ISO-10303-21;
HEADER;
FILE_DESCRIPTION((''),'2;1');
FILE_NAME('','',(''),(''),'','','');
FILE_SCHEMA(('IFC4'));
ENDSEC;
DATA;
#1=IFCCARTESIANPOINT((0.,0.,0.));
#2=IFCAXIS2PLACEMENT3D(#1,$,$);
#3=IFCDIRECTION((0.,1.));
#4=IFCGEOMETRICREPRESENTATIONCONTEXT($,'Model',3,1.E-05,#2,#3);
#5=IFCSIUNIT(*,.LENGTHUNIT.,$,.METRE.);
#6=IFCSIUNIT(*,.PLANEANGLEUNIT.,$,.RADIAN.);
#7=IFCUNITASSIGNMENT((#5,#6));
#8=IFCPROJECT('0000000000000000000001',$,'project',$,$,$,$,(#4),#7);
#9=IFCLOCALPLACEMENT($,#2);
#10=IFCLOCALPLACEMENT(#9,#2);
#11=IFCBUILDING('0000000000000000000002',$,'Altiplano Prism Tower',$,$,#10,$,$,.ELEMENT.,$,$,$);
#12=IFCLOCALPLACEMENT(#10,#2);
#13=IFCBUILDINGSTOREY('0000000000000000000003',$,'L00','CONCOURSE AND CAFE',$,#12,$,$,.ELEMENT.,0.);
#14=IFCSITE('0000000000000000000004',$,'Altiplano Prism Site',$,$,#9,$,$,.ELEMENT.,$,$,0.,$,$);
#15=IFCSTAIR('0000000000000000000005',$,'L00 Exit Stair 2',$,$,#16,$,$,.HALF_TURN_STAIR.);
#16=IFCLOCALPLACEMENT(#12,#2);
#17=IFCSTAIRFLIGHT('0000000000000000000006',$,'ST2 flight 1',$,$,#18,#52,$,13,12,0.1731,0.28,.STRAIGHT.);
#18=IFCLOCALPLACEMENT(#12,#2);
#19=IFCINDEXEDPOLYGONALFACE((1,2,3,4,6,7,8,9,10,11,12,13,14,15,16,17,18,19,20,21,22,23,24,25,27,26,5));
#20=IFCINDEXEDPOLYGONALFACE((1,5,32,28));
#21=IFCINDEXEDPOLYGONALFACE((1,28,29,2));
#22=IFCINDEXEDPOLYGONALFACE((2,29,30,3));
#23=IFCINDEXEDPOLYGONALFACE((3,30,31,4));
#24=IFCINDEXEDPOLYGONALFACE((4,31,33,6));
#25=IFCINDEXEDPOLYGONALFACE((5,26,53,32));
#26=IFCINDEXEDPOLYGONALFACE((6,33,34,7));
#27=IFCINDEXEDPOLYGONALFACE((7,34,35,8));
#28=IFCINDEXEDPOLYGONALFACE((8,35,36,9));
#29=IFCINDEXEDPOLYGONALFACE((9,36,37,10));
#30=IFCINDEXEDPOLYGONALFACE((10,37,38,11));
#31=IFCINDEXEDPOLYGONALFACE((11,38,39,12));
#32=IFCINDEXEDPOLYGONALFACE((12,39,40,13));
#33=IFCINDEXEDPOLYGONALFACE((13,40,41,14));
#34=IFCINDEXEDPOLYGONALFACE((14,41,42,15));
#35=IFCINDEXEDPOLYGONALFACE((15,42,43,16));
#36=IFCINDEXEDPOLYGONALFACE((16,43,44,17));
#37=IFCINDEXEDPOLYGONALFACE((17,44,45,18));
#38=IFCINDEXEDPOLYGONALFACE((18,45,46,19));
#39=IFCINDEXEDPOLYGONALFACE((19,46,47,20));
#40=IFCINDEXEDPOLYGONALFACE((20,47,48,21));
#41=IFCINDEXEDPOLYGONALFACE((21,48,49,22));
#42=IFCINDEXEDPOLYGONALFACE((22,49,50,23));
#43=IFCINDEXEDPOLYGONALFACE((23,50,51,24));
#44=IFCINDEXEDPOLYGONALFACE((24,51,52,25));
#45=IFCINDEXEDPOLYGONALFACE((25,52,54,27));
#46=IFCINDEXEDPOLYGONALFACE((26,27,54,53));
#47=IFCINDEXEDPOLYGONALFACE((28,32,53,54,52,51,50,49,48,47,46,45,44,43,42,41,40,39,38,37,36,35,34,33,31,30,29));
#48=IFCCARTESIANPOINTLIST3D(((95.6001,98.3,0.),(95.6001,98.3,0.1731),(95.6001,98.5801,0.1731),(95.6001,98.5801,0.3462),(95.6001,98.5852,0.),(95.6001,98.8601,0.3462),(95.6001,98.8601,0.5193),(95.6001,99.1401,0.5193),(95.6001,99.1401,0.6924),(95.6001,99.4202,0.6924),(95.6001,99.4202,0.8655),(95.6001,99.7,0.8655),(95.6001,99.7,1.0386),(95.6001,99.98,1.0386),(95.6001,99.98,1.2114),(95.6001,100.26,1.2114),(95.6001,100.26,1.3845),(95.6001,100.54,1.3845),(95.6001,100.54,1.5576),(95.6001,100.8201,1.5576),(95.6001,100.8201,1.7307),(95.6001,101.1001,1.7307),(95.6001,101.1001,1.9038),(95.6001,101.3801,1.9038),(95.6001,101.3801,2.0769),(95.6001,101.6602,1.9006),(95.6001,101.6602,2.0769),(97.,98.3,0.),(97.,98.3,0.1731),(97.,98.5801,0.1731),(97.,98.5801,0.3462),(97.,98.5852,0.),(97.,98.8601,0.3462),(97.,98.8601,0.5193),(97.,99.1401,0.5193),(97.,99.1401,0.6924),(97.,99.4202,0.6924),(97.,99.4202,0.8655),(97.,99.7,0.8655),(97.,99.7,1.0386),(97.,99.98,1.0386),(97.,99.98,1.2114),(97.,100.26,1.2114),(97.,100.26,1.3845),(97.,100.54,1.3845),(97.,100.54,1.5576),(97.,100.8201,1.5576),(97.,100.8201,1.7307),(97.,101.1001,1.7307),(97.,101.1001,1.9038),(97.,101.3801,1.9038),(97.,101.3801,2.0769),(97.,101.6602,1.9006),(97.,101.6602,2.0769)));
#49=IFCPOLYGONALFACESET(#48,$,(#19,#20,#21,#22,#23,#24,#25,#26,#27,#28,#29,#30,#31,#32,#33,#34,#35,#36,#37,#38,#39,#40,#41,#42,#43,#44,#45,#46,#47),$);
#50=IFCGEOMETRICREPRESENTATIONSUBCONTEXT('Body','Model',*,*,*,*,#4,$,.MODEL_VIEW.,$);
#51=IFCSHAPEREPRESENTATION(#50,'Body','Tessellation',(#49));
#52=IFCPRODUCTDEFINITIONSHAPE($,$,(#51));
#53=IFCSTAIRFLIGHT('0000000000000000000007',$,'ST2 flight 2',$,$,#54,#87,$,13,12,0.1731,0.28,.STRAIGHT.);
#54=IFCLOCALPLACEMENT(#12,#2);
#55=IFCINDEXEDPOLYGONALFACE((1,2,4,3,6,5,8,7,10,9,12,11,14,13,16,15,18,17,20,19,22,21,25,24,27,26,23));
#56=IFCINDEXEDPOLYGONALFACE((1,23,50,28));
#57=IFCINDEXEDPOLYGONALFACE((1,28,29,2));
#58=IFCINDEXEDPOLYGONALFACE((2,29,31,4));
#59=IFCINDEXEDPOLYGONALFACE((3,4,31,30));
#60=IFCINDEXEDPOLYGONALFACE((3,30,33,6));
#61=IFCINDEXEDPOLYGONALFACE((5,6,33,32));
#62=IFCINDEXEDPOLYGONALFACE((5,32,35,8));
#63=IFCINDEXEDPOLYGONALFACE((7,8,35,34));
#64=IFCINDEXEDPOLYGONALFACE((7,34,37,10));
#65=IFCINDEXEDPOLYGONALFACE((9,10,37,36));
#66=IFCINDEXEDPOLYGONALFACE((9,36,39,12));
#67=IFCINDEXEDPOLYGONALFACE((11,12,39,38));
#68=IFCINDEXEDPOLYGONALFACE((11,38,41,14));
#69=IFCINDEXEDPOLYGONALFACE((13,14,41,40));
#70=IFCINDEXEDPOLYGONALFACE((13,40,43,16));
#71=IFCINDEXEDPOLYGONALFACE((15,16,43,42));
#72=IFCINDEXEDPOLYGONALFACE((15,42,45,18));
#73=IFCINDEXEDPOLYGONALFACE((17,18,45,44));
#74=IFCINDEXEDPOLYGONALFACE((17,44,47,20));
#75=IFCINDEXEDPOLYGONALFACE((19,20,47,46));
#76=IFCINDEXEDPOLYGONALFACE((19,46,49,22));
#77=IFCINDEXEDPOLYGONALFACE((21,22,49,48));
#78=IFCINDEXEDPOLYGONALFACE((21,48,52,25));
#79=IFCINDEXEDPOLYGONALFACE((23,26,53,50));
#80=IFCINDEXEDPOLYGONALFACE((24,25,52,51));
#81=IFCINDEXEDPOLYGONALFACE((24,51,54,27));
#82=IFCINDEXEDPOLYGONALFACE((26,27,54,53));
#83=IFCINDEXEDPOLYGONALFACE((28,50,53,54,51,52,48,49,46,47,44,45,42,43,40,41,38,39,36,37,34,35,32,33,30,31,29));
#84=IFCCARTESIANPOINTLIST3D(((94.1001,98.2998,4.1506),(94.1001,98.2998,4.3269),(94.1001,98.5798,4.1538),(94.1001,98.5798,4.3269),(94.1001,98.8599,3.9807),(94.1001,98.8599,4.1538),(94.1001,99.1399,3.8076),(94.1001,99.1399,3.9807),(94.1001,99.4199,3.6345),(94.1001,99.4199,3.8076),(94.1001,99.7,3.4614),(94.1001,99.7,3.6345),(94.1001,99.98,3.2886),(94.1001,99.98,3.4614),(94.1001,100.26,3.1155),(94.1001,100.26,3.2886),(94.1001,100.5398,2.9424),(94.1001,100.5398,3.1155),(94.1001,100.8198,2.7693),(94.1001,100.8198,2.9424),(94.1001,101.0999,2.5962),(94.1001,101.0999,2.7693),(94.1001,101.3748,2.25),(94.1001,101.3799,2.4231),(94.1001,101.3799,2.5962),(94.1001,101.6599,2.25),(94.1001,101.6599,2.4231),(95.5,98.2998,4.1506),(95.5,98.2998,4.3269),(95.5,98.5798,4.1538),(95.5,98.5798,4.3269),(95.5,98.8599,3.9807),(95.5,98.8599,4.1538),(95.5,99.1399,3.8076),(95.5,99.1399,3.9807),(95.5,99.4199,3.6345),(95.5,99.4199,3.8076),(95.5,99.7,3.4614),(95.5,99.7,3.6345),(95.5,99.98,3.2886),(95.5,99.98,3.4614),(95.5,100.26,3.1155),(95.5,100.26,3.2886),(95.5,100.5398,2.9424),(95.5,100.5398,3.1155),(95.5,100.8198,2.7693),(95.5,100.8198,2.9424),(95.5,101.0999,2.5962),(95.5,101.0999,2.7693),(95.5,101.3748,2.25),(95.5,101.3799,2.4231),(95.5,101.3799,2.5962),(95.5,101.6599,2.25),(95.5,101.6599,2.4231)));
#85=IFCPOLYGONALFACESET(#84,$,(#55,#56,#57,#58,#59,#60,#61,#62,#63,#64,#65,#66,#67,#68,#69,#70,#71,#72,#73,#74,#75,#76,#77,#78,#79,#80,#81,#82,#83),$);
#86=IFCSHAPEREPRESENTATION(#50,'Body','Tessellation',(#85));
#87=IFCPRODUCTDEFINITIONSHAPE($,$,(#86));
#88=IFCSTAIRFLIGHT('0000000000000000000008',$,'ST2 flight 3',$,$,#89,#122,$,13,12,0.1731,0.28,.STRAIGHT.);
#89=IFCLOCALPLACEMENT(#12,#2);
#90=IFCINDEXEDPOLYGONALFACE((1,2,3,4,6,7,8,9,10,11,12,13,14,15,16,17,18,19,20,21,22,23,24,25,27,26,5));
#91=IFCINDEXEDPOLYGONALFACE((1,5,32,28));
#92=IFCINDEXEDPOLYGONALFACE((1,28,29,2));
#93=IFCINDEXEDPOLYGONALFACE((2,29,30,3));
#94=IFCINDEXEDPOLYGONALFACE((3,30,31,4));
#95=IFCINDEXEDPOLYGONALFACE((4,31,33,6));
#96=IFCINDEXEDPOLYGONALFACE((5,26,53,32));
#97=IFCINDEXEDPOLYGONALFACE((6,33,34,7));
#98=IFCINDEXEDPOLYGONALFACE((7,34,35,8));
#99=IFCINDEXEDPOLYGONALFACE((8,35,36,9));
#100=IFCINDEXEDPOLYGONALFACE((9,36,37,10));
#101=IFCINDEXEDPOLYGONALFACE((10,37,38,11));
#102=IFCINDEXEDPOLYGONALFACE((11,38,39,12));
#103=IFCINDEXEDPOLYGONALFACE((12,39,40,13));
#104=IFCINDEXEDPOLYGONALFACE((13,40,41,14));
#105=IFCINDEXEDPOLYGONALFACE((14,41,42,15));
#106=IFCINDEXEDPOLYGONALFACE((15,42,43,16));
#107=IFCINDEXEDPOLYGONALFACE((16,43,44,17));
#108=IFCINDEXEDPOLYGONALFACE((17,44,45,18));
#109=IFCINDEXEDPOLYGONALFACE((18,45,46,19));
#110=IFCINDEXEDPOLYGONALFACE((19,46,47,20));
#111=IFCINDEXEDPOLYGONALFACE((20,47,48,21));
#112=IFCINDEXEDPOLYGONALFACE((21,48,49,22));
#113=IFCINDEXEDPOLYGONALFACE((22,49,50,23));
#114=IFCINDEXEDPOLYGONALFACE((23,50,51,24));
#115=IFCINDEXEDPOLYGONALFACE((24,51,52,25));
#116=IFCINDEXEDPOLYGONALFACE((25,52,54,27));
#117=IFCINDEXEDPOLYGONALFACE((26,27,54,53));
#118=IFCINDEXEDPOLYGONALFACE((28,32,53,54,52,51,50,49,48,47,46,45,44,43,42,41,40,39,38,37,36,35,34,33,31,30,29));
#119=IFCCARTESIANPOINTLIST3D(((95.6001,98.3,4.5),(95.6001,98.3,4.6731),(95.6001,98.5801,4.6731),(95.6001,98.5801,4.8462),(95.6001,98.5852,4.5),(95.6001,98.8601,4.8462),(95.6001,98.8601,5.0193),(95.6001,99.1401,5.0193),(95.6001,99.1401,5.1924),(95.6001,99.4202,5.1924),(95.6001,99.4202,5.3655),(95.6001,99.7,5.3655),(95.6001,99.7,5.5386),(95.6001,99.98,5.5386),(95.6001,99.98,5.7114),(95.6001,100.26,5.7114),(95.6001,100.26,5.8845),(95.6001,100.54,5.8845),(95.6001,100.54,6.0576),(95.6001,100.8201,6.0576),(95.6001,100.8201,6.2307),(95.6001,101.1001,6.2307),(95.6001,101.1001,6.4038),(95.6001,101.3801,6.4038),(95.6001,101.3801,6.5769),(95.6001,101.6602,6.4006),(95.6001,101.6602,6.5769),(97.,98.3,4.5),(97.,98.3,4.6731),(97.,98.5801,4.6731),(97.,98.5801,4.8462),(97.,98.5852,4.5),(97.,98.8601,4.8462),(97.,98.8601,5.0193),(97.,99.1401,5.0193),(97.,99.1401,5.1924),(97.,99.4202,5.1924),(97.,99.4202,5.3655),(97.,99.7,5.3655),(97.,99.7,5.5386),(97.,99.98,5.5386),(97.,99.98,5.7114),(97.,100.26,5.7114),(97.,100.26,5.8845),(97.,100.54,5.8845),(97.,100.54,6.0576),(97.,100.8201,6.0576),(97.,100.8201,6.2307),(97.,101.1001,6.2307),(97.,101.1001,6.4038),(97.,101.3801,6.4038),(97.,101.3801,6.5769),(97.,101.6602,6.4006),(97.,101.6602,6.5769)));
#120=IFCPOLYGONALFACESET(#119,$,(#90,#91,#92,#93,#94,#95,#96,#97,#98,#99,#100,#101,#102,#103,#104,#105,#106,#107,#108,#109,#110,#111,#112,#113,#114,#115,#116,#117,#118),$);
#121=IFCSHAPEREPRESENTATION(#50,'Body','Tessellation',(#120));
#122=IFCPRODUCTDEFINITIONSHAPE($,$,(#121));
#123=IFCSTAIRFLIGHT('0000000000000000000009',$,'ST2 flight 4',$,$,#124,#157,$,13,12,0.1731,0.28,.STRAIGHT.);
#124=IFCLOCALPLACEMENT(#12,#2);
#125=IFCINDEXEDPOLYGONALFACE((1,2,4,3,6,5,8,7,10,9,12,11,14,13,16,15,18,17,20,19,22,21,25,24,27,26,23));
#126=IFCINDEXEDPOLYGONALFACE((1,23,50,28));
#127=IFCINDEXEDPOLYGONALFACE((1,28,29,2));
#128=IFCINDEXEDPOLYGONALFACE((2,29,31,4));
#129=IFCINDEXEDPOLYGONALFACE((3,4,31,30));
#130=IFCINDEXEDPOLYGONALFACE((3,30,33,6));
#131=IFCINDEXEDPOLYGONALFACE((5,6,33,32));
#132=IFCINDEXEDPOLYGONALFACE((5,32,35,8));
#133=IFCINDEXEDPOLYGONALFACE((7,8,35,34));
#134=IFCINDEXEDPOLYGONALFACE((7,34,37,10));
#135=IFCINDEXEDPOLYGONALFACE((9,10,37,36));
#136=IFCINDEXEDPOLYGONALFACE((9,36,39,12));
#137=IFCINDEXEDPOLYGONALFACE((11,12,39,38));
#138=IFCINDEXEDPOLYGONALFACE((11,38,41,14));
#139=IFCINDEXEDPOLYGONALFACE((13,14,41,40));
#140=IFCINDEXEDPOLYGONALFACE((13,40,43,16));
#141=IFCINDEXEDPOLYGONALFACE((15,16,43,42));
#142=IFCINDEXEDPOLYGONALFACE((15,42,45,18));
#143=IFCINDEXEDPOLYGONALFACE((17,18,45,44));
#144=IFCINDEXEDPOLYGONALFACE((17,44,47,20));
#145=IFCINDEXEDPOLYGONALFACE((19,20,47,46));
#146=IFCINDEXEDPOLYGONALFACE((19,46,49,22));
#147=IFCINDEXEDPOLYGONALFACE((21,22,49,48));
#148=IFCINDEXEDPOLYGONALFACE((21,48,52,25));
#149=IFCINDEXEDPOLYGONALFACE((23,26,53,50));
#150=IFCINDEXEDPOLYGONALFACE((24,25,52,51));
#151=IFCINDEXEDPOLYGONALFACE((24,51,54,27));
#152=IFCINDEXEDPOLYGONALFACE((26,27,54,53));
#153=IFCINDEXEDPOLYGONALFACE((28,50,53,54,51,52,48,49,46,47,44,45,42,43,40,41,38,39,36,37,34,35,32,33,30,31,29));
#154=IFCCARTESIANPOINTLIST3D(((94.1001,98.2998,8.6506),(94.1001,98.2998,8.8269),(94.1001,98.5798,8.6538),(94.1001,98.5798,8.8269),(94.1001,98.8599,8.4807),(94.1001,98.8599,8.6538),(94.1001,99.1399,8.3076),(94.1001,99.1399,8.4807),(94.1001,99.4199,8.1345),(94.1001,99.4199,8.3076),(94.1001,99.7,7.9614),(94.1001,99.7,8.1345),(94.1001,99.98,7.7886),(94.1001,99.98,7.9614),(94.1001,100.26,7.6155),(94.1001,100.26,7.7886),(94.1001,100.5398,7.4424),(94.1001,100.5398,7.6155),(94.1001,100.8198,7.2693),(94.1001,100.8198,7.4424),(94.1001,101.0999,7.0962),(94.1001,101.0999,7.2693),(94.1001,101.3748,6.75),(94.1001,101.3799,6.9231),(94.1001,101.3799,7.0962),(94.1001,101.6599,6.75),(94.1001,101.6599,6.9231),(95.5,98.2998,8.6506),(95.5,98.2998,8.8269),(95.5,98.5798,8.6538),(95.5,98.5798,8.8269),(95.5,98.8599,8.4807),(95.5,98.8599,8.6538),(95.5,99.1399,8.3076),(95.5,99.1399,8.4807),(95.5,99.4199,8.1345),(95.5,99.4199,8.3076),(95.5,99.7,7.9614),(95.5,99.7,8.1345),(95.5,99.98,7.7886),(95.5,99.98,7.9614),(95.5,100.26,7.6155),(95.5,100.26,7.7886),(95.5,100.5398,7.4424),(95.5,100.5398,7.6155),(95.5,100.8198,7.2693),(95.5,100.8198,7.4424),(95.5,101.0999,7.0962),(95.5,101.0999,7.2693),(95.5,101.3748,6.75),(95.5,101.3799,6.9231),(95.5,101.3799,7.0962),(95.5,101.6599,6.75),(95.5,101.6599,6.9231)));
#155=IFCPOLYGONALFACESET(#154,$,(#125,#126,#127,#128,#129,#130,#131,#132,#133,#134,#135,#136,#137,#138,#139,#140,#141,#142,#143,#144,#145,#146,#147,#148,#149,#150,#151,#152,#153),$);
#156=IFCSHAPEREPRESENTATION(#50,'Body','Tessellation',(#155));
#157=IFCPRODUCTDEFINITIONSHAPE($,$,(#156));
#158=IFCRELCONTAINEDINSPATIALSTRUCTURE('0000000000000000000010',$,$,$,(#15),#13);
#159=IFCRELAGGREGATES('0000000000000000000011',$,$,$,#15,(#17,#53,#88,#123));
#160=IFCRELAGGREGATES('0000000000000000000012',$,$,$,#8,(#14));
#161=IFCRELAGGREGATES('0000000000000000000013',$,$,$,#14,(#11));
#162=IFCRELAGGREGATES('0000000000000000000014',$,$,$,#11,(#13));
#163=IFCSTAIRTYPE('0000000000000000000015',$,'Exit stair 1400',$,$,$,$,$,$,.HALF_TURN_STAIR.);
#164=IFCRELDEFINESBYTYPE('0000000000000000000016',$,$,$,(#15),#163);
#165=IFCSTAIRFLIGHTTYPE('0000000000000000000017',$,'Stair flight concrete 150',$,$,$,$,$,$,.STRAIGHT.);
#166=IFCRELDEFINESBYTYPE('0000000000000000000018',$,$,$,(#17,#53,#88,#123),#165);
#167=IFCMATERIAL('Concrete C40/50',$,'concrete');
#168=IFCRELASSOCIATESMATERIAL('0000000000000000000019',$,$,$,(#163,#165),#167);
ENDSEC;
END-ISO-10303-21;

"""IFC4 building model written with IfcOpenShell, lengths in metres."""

from ifc_helpers import new_model, si_unit, direction, frame, origin, place, context, subcontext, project, spatial, polyline, outline, extrude, material, type_object, element, aggregate, save


model = new_model("IFC4")

# Units and contexts
model_context = context("Model", 3, precision=1e-05, world=origin(), true_north=direction((0.0, 1.0)))
body_context = subcontext(model_context, "Body", "Model", "MODEL_VIEW")
ifc_project = project(units=[si_unit("LENGTHUNIT", "METRE"), si_unit("PLANEANGLEUNIT", "RADIAN")], contexts=[model_context])

# Site, building, storey
site_placement = place(None, origin())
site = spatial("IfcSite", under=ifc_project, at=site_placement, Name="Altiplano Prism Site", CompositionType="ELEMENT", RefElevation=0.0)
building_placement = place(site_placement, origin())
building = spatial("IfcBuilding", under=site, at=building_placement, Name="Altiplano Prism Tower", CompositionType="ELEMENT")
storey_placement = place(building_placement, origin())
storey = spatial("IfcBuildingStorey", under=building, at=storey_placement, Name="L00", Description="CONCOURSE AND CAFE", CompositionType="ELEMENT", Elevation=0.0)

# Stair, stair flights
ifc_material_1 = material(Name="Concrete C40/50", Category="concrete")
stair_type = type_object("IfcStairType", Name="Exit stair 1400", PredefinedType="HALF_TURN_STAIR", material=ifc_material_1)
stair_placement = place(storey_placement, origin())
stair = element("IfcStair", 1, at=stair_placement, inside=storey, type_object=stair_type, Name="L00 Exit Stair 2", PredefinedType="HALF_TURN_STAIR")
stair_flight_type = type_object("IfcStairFlightType", Name="Stair flight concrete 150", PredefinedType="STRAIGHT", material=ifc_material_1)
stair_flight_1_placement = place(storey_placement, frame((96.3, 98.3, 0.0), z_axis=(0.0, 0.0, 1.0), x_axis=(0.0, 1.0, 0.0)))
stair_flight_1 = element("IfcStairFlight", 2, at=stair_flight_1_placement, type_object=stair_flight_type, Name="ST2 flight 1", NumberOfRisers=13, NumberOfTreads=12, PredefinedType="STRAIGHT", RiserHeight=0.1731, TreadLength=0.28, context=body_context, shape_type="SweptSolid", body=[
    extrude(outline(polyline([(0.0, 0.0), (0.0, 0.1731), (0.28, 0.1731), (0.28, 0.3462), (0.5601, 0.3462), (0.5601, 0.5193), (0.8401, 0.5193), (0.8401, 0.6924), (1.1201, 0.6924), (1.1201, 0.8655), (1.3999, 0.8655), (1.3999, 1.0386), (1.6799, 1.0386), (1.6799, 1.2114), (1.96, 1.2114), (1.96, 1.3845), (2.24, 1.3845), (2.24, 1.5576), (2.52, 1.5576), (2.52, 1.7307), (2.8, 1.7307), (2.8, 1.9038), (3.0801, 1.9038), (3.0801, 2.0769), (3.3601, 2.0769), (3.3601, 2.25), (3.3601, 1.9006), (0.2852, 0.0), (0.0, 0.0)])), frame((0.0, 0.7, 0.0), z_axis=(0.0, -1.0, 0.0), x_axis=(1.0, 0.0, 0.0)), (0.0, 0.0, 1.0), 1.3999),
])
stair_flight_2_placement = place(storey_placement, frame((94.8, 101.6599, 2.25), z_axis=(0.0, 0.0, 1.0), x_axis=(0.0, -1.0, 0.0)))
stair_flight_2 = element("IfcStairFlight", 3, at=stair_flight_2_placement, type_object=stair_flight_type, Name="ST2 flight 2", NumberOfRisers=13, NumberOfTreads=12, PredefinedType="STRAIGHT", RiserHeight=0.1731, TreadLength=0.28, context=body_context, shape_type="SweptSolid", body=[
    extrude(outline(polyline([(0.0, 0.0), (0.0, 0.1731), (0.28, 0.1731), (0.28, 0.3462), (0.5601, 0.3462), (0.5601, 0.5193), (0.8401, 0.5193), (0.8401, 0.6924), (1.1201, 0.6924), (1.1201, 0.8655), (1.3999, 0.8655), (1.3999, 1.0386), (1.6799, 1.0386), (1.6799, 1.2114), (1.96, 1.2114), (1.96, 1.3845), (2.24, 1.3845), (2.24, 1.5576), (2.52, 1.5576), (2.52, 1.7307), (2.8, 1.7307), (2.8, 1.9038), (3.0801, 1.9038), (3.0801, 2.0769), (3.3601, 2.0769), (3.3601, 2.25), (3.3601, 1.9006), (0.2852, 0.0), (0.0, 0.0)])), frame((0.0, 0.7, 0.0), z_axis=(0.0, -1.0, 0.0), x_axis=(1.0, 0.0, 0.0)), (0.0, 0.0, 1.0), 1.3999),
])
stair_flight_3_placement = place(storey_placement, frame((96.3, 98.3, 4.5), z_axis=(0.0, 0.0, 1.0), x_axis=(0.0, 1.0, 0.0)))
stair_flight_3 = element("IfcStairFlight", 4, at=stair_flight_3_placement, type_object=stair_flight_type, Name="ST2 flight 3", NumberOfRisers=13, NumberOfTreads=12, PredefinedType="STRAIGHT", RiserHeight=0.1731, TreadLength=0.28, context=body_context, shape_type="SweptSolid", body=[
    extrude(outline(polyline([(0.0, 0.0), (0.0, 0.1731), (0.28, 0.1731), (0.28, 0.3462), (0.5601, 0.3462), (0.5601, 0.5193), (0.8401, 0.5193), (0.8401, 0.6924), (1.1201, 0.6924), (1.1201, 0.8655), (1.3999, 0.8655), (1.3999, 1.0386), (1.6799, 1.0386), (1.6799, 1.2114), (1.96, 1.2114), (1.96, 1.3845), (2.24, 1.3845), (2.24, 1.5576), (2.52, 1.5576), (2.52, 1.7307), (2.8, 1.7307), (2.8, 1.9038), (3.0801, 1.9038), (3.0801, 2.0769), (3.3601, 2.0769), (3.3601, 2.25), (3.3601, 1.9006), (0.2852, 0.0), (0.0, 0.0)])), frame((0.0, 0.7, 0.0), z_axis=(0.0, -1.0, 0.0), x_axis=(1.0, 0.0, 0.0)), (0.0, 0.0, 1.0), 1.3999),
])
stair_flight_4_placement = place(storey_placement, frame((94.8, 101.6599, 6.75), z_axis=(0.0, 0.0, 1.0), x_axis=(0.0, -1.0, 0.0)))
stair_flight_4 = element("IfcStairFlight", 5, at=stair_flight_4_placement, type_object=stair_flight_type, Name="ST2 flight 4", NumberOfRisers=13, NumberOfTreads=12, PredefinedType="STRAIGHT", RiserHeight=0.1731, TreadLength=0.28, context=body_context, shape_type="SweptSolid", body=[
    extrude(outline(polyline([(0.0, 0.0), (0.0, 0.1731), (0.28, 0.1731), (0.28, 0.3462), (0.5601, 0.3462), (0.5601, 0.5193), (0.8401, 0.5193), (0.8401, 0.6924), (1.1201, 0.6924), (1.1201, 0.8655), (1.3999, 0.8655), (1.3999, 1.0386), (1.6799, 1.0386), (1.6799, 1.2114), (1.96, 1.2114), (1.96, 1.3845), (2.24, 1.3845), (2.24, 1.5576), (2.52, 1.5576), (2.52, 1.7307), (2.8, 1.7307), (2.8, 1.9038), (3.0801, 1.9038), (3.0801, 2.0769), (3.3601, 2.0769), (3.3601, 2.25), (3.3601, 1.9006), (0.2852, 0.0), (0.0, 0.0)])), frame((0.0, 0.7, 0.0), z_axis=(0.0, -1.0, 0.0), x_axis=(1.0, 0.0, 0.0)), (0.0, 0.0, 1.0), 1.3999),
])
aggregate(stair, [stair_flight_1, stair_flight_2, stair_flight_3, stair_flight_4])

save(model, "model.ifc")
